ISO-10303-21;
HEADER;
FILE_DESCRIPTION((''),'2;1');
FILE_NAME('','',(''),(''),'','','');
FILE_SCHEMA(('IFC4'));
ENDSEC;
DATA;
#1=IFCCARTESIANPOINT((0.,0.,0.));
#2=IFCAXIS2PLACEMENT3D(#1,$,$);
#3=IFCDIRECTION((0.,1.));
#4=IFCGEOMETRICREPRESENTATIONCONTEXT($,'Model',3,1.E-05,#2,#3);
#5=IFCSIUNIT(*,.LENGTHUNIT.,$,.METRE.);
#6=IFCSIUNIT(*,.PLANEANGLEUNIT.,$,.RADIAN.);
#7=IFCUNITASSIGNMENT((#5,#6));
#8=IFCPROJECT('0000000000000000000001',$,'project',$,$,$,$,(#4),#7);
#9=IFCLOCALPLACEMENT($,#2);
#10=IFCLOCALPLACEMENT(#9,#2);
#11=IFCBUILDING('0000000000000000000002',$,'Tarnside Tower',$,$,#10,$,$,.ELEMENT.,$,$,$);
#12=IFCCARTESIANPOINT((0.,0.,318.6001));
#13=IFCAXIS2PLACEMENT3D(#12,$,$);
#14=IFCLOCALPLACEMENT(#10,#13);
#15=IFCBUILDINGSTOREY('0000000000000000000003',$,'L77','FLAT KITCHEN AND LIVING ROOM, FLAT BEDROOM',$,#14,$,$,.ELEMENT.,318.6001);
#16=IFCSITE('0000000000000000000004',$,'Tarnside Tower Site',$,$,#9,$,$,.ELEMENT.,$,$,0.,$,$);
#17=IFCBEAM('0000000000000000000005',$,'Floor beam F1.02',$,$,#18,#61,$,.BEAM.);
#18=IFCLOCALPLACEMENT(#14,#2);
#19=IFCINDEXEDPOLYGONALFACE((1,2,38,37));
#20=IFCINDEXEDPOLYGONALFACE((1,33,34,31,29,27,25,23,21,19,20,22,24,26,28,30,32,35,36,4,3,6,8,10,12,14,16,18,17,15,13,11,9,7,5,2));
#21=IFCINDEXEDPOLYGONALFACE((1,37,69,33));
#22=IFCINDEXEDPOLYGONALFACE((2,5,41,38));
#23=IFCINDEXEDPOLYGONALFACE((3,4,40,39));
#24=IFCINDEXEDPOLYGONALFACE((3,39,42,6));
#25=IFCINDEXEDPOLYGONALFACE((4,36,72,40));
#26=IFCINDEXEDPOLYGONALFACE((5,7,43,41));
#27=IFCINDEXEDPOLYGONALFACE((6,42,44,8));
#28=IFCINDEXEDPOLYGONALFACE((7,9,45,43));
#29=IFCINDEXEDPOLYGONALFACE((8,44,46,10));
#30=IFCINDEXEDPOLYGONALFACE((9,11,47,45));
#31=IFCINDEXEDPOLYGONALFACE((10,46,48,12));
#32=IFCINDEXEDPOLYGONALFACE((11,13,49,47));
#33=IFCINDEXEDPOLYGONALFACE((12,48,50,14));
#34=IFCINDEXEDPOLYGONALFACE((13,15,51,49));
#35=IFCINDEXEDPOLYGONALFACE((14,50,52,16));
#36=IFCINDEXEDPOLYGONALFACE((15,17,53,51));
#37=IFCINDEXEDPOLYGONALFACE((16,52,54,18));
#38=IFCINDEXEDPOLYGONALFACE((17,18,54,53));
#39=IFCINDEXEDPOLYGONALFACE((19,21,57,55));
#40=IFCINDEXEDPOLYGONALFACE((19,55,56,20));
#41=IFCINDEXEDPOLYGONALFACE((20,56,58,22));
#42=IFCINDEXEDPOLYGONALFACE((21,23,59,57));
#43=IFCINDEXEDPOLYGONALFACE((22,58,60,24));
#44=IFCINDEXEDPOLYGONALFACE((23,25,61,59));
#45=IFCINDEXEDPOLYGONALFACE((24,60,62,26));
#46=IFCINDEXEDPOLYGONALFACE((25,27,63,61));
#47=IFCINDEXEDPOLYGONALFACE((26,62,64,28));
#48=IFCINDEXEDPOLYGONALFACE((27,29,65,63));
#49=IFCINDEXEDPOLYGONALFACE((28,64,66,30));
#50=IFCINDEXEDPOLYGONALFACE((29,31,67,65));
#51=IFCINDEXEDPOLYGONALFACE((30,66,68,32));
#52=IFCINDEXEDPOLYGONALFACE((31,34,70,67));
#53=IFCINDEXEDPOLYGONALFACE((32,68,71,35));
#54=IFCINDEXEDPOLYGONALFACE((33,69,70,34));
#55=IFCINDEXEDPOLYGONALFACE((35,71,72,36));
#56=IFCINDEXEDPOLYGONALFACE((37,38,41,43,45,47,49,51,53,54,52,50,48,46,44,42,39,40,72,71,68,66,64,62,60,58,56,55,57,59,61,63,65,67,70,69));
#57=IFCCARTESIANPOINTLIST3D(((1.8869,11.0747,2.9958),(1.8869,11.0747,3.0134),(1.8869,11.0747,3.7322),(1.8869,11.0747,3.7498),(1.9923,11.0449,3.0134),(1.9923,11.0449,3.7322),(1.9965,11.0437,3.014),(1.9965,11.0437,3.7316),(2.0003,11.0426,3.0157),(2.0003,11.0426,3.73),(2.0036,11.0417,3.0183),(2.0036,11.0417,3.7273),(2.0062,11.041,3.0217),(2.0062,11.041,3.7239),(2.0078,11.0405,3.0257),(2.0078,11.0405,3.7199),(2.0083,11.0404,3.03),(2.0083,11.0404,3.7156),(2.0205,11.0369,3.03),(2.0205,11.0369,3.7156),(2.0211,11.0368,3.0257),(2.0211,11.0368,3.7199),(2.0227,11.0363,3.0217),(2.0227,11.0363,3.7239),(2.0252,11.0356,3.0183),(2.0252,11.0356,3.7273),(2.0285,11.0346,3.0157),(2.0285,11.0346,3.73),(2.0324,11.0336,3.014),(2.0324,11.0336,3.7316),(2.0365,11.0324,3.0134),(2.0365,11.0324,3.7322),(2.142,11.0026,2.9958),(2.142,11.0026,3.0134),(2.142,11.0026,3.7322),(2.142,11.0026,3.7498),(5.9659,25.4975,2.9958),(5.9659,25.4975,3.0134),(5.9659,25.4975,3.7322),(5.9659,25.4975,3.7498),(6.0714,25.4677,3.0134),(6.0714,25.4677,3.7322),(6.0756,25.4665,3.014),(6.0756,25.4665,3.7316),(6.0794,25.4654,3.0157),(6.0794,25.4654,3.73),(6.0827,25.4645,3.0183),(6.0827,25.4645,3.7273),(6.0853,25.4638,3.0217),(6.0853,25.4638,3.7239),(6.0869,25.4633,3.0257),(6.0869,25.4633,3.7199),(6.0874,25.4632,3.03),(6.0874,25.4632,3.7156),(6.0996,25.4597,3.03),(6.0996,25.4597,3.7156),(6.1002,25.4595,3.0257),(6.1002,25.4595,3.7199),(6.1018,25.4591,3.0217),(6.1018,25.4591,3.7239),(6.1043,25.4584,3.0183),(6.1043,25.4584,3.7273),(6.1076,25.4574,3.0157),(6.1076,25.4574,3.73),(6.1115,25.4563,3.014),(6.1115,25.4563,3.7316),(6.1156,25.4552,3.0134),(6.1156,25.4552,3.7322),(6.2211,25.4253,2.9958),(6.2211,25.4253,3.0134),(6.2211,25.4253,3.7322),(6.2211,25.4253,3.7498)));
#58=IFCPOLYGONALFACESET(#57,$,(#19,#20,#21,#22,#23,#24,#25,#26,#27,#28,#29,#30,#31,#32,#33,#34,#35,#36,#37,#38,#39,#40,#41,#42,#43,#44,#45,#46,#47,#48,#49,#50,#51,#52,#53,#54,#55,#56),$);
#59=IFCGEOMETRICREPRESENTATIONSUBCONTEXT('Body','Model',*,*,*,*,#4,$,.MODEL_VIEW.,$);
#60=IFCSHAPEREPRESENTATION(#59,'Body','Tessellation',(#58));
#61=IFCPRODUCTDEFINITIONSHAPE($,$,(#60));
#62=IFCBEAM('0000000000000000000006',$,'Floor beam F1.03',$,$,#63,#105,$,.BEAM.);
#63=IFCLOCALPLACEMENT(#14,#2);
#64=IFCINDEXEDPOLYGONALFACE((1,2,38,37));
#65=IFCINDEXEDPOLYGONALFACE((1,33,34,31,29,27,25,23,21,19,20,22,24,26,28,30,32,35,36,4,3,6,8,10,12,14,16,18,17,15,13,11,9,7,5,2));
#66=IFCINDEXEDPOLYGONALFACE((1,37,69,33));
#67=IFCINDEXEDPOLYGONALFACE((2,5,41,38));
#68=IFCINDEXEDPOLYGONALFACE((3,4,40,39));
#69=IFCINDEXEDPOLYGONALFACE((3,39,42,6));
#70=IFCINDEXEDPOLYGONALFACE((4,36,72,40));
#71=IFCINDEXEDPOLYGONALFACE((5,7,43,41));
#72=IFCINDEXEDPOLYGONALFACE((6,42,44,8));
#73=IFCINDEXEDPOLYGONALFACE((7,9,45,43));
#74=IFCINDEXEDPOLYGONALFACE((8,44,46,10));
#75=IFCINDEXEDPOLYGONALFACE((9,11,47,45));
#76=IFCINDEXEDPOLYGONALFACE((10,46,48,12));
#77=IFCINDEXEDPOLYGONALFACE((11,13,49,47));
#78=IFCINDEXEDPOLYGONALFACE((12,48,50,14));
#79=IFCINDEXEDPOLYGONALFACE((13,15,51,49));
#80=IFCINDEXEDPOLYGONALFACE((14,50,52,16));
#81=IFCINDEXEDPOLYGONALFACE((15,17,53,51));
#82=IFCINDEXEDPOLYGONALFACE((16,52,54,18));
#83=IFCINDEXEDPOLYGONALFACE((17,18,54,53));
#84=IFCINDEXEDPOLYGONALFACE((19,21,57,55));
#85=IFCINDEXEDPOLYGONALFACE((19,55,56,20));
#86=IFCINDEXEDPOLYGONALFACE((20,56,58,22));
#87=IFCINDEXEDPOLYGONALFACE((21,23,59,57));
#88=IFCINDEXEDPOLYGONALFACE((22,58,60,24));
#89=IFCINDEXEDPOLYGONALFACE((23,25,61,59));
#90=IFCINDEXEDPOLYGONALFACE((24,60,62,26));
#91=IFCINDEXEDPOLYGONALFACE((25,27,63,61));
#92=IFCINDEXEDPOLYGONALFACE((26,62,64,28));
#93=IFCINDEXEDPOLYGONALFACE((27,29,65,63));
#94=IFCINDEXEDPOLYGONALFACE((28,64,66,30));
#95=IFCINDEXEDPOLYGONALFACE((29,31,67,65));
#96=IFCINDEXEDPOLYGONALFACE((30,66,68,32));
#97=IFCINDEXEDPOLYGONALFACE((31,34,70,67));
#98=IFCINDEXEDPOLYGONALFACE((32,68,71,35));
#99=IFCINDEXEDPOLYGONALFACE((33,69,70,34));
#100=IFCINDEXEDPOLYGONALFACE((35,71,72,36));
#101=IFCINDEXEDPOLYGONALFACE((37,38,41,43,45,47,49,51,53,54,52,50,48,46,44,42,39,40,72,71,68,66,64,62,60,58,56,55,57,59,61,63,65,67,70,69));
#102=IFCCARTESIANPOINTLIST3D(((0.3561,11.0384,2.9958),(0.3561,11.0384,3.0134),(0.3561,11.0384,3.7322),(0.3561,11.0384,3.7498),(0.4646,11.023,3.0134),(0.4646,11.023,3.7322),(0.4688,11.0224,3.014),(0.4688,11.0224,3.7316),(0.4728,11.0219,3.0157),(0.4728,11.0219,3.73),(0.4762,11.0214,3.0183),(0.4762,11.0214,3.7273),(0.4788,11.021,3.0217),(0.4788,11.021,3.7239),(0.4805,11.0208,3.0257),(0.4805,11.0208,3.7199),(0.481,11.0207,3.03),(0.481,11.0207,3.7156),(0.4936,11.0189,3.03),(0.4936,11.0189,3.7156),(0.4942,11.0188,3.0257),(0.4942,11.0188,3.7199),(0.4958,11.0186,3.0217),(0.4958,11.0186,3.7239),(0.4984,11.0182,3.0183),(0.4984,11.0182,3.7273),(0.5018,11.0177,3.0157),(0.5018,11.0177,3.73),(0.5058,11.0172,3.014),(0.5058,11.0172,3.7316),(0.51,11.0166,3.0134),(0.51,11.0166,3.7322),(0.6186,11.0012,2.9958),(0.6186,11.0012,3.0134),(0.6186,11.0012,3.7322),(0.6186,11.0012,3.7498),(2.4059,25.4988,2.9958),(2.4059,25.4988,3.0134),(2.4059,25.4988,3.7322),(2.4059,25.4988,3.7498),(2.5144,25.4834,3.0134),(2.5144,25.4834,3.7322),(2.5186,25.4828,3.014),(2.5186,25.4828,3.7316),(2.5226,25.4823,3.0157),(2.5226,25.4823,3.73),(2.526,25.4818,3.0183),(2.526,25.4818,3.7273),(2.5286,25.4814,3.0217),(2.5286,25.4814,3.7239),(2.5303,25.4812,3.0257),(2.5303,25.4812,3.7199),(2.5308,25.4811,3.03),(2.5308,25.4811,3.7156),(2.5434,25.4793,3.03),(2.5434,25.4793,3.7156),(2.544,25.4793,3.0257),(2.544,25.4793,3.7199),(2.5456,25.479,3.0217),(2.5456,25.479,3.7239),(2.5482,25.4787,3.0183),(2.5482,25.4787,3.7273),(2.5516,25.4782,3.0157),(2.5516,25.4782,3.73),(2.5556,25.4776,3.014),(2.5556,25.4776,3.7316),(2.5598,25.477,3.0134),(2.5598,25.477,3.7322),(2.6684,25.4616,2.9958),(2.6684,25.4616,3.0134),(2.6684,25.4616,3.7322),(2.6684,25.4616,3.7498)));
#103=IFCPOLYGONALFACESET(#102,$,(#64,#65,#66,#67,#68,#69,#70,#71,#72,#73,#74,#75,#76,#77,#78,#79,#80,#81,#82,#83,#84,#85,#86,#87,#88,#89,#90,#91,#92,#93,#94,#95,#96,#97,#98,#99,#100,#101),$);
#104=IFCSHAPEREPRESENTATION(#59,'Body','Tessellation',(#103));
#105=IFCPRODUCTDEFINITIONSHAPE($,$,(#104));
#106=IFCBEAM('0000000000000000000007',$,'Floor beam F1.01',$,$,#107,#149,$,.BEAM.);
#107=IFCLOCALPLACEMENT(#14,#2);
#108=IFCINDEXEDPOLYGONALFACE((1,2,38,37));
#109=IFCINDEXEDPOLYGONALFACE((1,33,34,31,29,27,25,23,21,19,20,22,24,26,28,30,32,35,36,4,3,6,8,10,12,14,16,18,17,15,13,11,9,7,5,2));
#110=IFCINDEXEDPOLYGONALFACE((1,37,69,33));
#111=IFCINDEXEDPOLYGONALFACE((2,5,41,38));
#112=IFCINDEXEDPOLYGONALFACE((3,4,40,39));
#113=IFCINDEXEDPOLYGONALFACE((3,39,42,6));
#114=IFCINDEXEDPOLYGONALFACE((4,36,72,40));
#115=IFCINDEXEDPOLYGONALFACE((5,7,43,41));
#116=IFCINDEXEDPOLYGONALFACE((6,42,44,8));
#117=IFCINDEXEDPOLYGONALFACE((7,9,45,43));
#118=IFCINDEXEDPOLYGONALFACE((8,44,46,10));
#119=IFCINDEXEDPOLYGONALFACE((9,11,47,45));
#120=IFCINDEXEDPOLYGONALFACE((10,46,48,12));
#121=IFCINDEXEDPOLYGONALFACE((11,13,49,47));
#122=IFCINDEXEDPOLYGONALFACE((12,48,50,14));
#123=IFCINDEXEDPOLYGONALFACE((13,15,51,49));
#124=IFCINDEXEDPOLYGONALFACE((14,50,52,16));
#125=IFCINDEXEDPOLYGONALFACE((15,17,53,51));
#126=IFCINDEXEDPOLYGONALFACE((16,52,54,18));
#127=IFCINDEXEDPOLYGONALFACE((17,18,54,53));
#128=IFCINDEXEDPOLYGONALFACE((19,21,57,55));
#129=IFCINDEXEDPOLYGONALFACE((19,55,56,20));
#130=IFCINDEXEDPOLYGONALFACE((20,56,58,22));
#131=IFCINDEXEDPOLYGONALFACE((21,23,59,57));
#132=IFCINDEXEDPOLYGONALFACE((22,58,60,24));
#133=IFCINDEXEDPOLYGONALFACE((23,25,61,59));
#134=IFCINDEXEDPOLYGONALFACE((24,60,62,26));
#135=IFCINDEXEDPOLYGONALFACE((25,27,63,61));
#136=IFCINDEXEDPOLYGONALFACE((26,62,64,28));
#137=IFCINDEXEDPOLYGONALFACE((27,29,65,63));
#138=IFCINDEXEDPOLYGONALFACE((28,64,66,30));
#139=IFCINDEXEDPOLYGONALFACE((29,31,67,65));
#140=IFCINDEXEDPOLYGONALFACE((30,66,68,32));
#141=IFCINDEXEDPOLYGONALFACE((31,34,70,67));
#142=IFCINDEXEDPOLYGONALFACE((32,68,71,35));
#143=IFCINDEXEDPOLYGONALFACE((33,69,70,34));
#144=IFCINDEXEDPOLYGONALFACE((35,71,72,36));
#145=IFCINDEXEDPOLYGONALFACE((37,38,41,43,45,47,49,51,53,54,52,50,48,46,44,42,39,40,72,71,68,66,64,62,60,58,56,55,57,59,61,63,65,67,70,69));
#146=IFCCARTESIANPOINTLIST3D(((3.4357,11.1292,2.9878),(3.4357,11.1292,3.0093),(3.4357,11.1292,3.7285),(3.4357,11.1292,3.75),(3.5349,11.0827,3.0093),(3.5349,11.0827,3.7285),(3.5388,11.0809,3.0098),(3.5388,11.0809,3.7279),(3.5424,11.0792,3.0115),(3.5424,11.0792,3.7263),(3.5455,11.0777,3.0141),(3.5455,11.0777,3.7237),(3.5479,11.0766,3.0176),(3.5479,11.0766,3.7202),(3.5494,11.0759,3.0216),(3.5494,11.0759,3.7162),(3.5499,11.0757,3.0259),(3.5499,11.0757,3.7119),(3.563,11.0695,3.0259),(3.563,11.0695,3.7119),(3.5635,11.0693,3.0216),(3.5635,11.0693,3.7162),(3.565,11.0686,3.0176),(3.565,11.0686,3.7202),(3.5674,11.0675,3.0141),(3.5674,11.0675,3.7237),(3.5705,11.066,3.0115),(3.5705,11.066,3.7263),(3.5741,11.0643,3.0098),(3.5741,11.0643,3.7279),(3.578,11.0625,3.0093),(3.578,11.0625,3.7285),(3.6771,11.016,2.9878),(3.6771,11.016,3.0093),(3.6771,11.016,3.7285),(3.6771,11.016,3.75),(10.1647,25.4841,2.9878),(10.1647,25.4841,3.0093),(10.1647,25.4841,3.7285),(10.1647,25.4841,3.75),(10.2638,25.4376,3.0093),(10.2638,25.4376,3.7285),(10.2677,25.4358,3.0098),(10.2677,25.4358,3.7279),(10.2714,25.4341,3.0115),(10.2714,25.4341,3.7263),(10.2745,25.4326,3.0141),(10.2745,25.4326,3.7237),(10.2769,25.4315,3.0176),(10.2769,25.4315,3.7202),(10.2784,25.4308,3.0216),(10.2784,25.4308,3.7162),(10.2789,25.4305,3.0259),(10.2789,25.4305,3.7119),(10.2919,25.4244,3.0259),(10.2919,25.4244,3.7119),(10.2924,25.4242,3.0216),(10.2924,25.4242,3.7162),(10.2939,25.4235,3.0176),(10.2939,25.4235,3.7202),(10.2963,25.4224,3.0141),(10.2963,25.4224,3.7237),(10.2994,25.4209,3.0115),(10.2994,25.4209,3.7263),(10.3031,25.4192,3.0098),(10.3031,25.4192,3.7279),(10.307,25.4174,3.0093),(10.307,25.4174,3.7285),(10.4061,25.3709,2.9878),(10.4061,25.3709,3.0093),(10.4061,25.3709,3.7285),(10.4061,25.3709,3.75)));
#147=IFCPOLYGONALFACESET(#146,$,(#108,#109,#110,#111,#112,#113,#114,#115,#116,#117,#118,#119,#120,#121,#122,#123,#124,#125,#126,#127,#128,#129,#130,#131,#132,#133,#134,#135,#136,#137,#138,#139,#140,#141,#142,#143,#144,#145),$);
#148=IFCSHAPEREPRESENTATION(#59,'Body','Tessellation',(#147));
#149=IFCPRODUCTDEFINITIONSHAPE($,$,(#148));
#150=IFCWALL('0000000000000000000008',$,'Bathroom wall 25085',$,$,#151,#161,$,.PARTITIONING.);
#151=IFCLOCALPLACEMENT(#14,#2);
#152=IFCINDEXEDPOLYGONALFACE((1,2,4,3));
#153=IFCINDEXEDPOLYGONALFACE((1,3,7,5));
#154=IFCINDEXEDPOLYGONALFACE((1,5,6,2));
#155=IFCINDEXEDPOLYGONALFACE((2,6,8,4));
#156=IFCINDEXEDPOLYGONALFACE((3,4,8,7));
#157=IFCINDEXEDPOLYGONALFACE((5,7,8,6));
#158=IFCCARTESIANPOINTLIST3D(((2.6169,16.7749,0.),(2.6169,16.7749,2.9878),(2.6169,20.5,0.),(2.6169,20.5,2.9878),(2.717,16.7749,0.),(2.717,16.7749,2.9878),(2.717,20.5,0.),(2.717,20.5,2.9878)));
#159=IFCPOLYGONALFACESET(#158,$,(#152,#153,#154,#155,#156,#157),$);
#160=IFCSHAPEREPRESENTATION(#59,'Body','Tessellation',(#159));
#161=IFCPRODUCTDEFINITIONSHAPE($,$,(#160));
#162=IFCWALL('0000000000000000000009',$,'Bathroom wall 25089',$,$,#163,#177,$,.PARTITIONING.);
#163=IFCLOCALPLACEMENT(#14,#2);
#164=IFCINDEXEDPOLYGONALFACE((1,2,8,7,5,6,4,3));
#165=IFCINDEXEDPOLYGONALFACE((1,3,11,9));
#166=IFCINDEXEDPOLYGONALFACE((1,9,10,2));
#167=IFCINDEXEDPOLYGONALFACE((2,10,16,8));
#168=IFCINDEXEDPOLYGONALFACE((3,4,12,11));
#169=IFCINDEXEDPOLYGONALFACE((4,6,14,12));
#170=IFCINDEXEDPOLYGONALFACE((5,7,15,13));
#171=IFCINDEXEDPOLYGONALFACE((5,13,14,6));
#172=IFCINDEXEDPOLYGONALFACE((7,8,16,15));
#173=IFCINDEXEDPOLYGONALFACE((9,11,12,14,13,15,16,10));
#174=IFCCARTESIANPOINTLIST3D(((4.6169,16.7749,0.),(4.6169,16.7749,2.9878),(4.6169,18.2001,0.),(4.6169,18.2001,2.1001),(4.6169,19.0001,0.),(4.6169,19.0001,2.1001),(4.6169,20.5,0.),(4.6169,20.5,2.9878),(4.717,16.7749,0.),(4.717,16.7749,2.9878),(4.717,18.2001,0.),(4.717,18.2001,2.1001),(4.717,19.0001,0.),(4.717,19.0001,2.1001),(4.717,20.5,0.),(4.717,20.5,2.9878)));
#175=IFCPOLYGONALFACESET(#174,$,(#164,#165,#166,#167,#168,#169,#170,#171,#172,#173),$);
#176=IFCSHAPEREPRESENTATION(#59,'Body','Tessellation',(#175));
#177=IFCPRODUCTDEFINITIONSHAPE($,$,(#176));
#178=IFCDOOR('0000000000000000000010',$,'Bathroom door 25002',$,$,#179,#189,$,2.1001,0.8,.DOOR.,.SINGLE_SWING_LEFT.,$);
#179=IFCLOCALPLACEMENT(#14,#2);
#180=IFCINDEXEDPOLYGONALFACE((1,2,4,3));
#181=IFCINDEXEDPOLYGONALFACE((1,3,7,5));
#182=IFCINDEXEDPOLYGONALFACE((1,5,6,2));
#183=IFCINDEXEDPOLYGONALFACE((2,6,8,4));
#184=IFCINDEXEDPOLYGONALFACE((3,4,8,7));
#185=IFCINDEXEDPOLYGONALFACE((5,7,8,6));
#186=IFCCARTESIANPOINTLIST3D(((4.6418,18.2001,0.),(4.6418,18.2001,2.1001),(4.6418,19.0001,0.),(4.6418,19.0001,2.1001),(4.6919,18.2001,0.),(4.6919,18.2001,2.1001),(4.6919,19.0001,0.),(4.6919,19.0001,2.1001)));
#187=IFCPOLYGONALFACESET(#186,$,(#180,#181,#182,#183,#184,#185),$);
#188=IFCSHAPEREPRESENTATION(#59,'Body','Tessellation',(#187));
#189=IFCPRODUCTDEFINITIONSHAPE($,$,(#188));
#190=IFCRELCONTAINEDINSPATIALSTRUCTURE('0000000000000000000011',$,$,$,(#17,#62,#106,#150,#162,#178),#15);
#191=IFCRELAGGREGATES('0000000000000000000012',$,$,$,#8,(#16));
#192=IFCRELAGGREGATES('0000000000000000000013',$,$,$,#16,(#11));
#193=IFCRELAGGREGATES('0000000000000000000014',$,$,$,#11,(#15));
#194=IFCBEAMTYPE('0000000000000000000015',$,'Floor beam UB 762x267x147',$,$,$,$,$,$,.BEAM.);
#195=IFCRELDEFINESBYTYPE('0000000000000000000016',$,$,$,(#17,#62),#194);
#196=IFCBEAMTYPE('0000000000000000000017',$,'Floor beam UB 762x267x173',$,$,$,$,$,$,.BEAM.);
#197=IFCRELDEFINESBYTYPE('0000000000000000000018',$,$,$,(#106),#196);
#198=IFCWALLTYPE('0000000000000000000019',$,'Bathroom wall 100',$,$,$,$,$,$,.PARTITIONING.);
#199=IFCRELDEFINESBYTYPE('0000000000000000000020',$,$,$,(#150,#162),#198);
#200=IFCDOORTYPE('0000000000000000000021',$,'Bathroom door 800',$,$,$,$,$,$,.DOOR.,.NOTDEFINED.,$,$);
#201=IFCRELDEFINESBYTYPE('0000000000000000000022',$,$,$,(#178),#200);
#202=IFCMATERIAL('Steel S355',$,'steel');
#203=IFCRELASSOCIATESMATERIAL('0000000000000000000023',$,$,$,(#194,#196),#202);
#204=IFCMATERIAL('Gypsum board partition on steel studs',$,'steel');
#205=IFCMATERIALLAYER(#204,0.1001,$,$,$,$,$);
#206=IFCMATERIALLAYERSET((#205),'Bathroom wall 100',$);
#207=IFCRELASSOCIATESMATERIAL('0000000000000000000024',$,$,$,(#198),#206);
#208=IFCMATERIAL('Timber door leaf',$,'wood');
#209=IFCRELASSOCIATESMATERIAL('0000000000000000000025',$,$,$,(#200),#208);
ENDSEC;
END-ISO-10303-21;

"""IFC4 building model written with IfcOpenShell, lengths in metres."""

from ifc_helpers import new_model, si_unit, direction, frame, frame_2d, origin, origin_2d, place, context, subcontext, project, spatial, rectangle, i_section, extrude, material, layer, layer_set, material_profile, profile_set, type_object, element, fill, save


model = new_model("IFC4")

# Units and contexts
model_context = context("Model", 3, precision=1e-05, world=origin(), true_north=direction((0.0, 1.0)))
body_context = subcontext(model_context, "Body", "Model", "MODEL_VIEW")
ifc_project = project(units=[si_unit("LENGTHUNIT", "METRE"), si_unit("PLANEANGLEUNIT", "RADIAN")], contexts=[model_context])

# Site, building, storey
site_placement = place(None, origin())
site = spatial("IfcSite", under=ifc_project, at=site_placement, Name="Tarnside Tower Site", CompositionType="ELEMENT", RefElevation=0.0)
building_placement = place(site_placement, origin())
building = spatial("IfcBuilding", under=site, at=building_placement, Name="Tarnside Tower", CompositionType="ELEMENT")
storey_placement = place(building_placement, frame((0.0, 0.0, 318.6001)))
storey = spatial("IfcBuildingStorey", under=building, at=storey_placement, Name="L77", Description="FLAT KITCHEN AND LIVING ROOM, FLAT BEDROOM", CompositionType="ELEMENT", Elevation=318.6001)

# Beams
ifc_material_1 = material(Name="Steel S355", Category="steel")
ifc_material_profile_1 = material_profile(ifc_material_1, i_section(OverallWidth=0.2651, OverallDepth=0.7539, WebThickness=0.0127, FlangeThickness=0.0176, FilletRadius=0.0166, at=origin_2d()), Name="UB 762x267x147")
ifc_profile_set_1 = profile_set([ifc_material_profile_1], Name="Steel S355")
beam_type_1 = type_object("IfcBeamType", Name="Floor beam UB 762x267x147", PredefinedType="BEAM", material=ifc_profile_set_1)
beam_1_placement = place(storey_placement, frame((6.0935, 25.4614, 3.3728), z_axis=(-0.272147, -0.962256, 0.0), x_axis=(0.962256, -0.272147, 0.0)))
element("IfcBeam", 1, at=beam_1_placement, inside=storey, type_object=beam_type_1, Name="Floor beam F1.02", PredefinedType="BEAM", context=body_context, shape_type="SweptSolid", body=[
    extrude(i_section(OverallWidth=0.2651, OverallDepth=0.7539, WebThickness=0.0127, FlangeThickness=0.0176, FilletRadius=0.0166, at=origin_2d()), origin(), (0.0, 0.0, 1.0), 14.9885),
])
beam_2_placement = place(storey_placement, frame((2.5371, 25.4802, 3.3728), z_axis=(-0.140349, -0.990102, 0.0), x_axis=(0.990102, -0.140349, 0.0)))
element("IfcBeam", 2, at=beam_2_placement, inside=storey, type_object=beam_type_1, Name="Floor beam F1.03", PredefinedType="BEAM", context=body_context, shape_type="SweptSolid", body=[
    extrude(i_section(OverallWidth=0.2651, OverallDepth=0.7539, WebThickness=0.0127, FlangeThickness=0.0176, FilletRadius=0.0166, at=origin_2d()), origin(), (0.0, 0.0, 1.0), 14.605),
])
ifc_material_profile_2 = material_profile(ifc_material_1, i_section(OverallWidth=0.2666, OverallDepth=0.7622, WebThickness=0.0144, FlangeThickness=0.0215, FilletRadius=0.0166, at=origin_2d()), Name="UB 762x267x173")
ifc_profile_set_2 = profile_set([ifc_material_profile_2], Name="Steel S355")
beam_type_2 = type_object("IfcBeamType", Name="Floor beam UB 762x267x173", PredefinedType="BEAM", material=ifc_profile_set_2)
beam_3_placement = place(storey_placement, frame((10.2854, 25.4275, 3.3689), z_axis=(-0.424439, -0.905456, 0.0), x_axis=(0.905456, -0.424439, 0.0)))
element("IfcBeam", 3, at=beam_3_placement, inside=storey, type_object=beam_type_2, Name="Floor beam F1.01", PredefinedType="BEAM", context=body_context, shape_type="SweptSolid", body=[
    extrude(i_section(OverallWidth=0.2666, OverallDepth=0.7622, WebThickness=0.0144, FlangeThickness=0.0215, FilletRadius=0.0166, at=origin_2d()), origin(), (0.0, 0.0, 1.0), 15.8538),
])

# Wall
ifc_material_2 = material(Name="Gypsum board partition on steel studs", Category="steel")
ifc_layer_1 = layer(ifc_material_2, 0.1001)
ifc_layer_set_1 = layer_set([ifc_layer_1], Name="Bathroom wall 100")
wall_type_1 = type_object("IfcWallType", Name="Bathroom wall 100", PredefinedType="PARTITIONING", material=ifc_layer_set_1)
wall_1_placement = place(storey_placement, frame((2.667, 16.7749, 0.0), z_axis=(0.0, 0.0, 1.0), x_axis=(0.0, 1.0, 0.0)))
element("IfcWall", 4, at=wall_1_placement, inside=storey, type_object=wall_type_1, Name="Bathroom wall 25085", PredefinedType="PARTITIONING", context=body_context, shape_type="SweptSolid", body=[
    extrude(rectangle(XDim=3.7251, YDim=0.1001, at=frame_2d((1.8625, 0.0))), origin(), (0.0, 0.0, 1.0), 2.9878),
])

# Wall, opening, door
wall_2_placement = place(storey_placement, frame((4.667, 20.5, 0.0), z_axis=(0.0, 0.0, 1.0), x_axis=(0.0, -1.0, 0.0)))
wall_2 = element("IfcWall", 5, at=wall_2_placement, inside=storey, type_object=wall_type_1, Name="Bathroom wall 25089", PredefinedType="PARTITIONING", context=body_context, shape_type="SweptSolid", body=[
    extrude(rectangle(XDim=3.7251, YDim=0.1001, at=frame_2d((1.8625, 0.0))), origin(), (0.0, 0.0, 1.0), 2.9878),
])
opening_1_placement = place(wall_2_placement, frame((1.5, 0.0, 0.0)))
opening_1 = element("IfcOpeningElement", 6, at=opening_1_placement, cuts=wall_2, PredefinedType="OPENING", context=body_context, shape_type="SweptSolid", body=[
    extrude(rectangle(XDim=0.8, YDim=2.1001, at=frame_2d((0.3999, 1.05))), frame((0.0, 0.0601, 0.0), z_axis=(0.0, -1.0, 0.0), x_axis=(1.0, 0.0, 0.0)), (0.0, 0.0, 1.0), 0.1201),
])
ifc_material_3 = material(Name="Timber door leaf", Category="wood")
door_type_1 = type_object("IfcDoorType", Name="Bathroom door 800", OperationType="NOTDEFINED", PredefinedType="DOOR", material=ifc_material_3)
door_1_placement = place(opening_1_placement, origin())
door_1 = element("IfcDoor", 7, at=door_1_placement, inside=storey, type_object=door_type_1, Name="Bathroom door 25002", OperationType="SINGLE_SWING_LEFT", OverallHeight=2.1001, OverallWidth=0.8, PredefinedType="DOOR", context=body_context, shape_type="SweptSolid", body=[
    extrude(rectangle(XDim=0.8, YDim=2.1001, at=frame_2d((0.3999, 1.05))), frame((0.0, 0.0249, 0.0), z_axis=(0.0, -1.0, 0.0), x_axis=(1.0, 0.0, 0.0)), (0.0, 0.0, 1.0), 0.05),
])
fill(opening_1, door_1)

save(model, "model.ifc")
